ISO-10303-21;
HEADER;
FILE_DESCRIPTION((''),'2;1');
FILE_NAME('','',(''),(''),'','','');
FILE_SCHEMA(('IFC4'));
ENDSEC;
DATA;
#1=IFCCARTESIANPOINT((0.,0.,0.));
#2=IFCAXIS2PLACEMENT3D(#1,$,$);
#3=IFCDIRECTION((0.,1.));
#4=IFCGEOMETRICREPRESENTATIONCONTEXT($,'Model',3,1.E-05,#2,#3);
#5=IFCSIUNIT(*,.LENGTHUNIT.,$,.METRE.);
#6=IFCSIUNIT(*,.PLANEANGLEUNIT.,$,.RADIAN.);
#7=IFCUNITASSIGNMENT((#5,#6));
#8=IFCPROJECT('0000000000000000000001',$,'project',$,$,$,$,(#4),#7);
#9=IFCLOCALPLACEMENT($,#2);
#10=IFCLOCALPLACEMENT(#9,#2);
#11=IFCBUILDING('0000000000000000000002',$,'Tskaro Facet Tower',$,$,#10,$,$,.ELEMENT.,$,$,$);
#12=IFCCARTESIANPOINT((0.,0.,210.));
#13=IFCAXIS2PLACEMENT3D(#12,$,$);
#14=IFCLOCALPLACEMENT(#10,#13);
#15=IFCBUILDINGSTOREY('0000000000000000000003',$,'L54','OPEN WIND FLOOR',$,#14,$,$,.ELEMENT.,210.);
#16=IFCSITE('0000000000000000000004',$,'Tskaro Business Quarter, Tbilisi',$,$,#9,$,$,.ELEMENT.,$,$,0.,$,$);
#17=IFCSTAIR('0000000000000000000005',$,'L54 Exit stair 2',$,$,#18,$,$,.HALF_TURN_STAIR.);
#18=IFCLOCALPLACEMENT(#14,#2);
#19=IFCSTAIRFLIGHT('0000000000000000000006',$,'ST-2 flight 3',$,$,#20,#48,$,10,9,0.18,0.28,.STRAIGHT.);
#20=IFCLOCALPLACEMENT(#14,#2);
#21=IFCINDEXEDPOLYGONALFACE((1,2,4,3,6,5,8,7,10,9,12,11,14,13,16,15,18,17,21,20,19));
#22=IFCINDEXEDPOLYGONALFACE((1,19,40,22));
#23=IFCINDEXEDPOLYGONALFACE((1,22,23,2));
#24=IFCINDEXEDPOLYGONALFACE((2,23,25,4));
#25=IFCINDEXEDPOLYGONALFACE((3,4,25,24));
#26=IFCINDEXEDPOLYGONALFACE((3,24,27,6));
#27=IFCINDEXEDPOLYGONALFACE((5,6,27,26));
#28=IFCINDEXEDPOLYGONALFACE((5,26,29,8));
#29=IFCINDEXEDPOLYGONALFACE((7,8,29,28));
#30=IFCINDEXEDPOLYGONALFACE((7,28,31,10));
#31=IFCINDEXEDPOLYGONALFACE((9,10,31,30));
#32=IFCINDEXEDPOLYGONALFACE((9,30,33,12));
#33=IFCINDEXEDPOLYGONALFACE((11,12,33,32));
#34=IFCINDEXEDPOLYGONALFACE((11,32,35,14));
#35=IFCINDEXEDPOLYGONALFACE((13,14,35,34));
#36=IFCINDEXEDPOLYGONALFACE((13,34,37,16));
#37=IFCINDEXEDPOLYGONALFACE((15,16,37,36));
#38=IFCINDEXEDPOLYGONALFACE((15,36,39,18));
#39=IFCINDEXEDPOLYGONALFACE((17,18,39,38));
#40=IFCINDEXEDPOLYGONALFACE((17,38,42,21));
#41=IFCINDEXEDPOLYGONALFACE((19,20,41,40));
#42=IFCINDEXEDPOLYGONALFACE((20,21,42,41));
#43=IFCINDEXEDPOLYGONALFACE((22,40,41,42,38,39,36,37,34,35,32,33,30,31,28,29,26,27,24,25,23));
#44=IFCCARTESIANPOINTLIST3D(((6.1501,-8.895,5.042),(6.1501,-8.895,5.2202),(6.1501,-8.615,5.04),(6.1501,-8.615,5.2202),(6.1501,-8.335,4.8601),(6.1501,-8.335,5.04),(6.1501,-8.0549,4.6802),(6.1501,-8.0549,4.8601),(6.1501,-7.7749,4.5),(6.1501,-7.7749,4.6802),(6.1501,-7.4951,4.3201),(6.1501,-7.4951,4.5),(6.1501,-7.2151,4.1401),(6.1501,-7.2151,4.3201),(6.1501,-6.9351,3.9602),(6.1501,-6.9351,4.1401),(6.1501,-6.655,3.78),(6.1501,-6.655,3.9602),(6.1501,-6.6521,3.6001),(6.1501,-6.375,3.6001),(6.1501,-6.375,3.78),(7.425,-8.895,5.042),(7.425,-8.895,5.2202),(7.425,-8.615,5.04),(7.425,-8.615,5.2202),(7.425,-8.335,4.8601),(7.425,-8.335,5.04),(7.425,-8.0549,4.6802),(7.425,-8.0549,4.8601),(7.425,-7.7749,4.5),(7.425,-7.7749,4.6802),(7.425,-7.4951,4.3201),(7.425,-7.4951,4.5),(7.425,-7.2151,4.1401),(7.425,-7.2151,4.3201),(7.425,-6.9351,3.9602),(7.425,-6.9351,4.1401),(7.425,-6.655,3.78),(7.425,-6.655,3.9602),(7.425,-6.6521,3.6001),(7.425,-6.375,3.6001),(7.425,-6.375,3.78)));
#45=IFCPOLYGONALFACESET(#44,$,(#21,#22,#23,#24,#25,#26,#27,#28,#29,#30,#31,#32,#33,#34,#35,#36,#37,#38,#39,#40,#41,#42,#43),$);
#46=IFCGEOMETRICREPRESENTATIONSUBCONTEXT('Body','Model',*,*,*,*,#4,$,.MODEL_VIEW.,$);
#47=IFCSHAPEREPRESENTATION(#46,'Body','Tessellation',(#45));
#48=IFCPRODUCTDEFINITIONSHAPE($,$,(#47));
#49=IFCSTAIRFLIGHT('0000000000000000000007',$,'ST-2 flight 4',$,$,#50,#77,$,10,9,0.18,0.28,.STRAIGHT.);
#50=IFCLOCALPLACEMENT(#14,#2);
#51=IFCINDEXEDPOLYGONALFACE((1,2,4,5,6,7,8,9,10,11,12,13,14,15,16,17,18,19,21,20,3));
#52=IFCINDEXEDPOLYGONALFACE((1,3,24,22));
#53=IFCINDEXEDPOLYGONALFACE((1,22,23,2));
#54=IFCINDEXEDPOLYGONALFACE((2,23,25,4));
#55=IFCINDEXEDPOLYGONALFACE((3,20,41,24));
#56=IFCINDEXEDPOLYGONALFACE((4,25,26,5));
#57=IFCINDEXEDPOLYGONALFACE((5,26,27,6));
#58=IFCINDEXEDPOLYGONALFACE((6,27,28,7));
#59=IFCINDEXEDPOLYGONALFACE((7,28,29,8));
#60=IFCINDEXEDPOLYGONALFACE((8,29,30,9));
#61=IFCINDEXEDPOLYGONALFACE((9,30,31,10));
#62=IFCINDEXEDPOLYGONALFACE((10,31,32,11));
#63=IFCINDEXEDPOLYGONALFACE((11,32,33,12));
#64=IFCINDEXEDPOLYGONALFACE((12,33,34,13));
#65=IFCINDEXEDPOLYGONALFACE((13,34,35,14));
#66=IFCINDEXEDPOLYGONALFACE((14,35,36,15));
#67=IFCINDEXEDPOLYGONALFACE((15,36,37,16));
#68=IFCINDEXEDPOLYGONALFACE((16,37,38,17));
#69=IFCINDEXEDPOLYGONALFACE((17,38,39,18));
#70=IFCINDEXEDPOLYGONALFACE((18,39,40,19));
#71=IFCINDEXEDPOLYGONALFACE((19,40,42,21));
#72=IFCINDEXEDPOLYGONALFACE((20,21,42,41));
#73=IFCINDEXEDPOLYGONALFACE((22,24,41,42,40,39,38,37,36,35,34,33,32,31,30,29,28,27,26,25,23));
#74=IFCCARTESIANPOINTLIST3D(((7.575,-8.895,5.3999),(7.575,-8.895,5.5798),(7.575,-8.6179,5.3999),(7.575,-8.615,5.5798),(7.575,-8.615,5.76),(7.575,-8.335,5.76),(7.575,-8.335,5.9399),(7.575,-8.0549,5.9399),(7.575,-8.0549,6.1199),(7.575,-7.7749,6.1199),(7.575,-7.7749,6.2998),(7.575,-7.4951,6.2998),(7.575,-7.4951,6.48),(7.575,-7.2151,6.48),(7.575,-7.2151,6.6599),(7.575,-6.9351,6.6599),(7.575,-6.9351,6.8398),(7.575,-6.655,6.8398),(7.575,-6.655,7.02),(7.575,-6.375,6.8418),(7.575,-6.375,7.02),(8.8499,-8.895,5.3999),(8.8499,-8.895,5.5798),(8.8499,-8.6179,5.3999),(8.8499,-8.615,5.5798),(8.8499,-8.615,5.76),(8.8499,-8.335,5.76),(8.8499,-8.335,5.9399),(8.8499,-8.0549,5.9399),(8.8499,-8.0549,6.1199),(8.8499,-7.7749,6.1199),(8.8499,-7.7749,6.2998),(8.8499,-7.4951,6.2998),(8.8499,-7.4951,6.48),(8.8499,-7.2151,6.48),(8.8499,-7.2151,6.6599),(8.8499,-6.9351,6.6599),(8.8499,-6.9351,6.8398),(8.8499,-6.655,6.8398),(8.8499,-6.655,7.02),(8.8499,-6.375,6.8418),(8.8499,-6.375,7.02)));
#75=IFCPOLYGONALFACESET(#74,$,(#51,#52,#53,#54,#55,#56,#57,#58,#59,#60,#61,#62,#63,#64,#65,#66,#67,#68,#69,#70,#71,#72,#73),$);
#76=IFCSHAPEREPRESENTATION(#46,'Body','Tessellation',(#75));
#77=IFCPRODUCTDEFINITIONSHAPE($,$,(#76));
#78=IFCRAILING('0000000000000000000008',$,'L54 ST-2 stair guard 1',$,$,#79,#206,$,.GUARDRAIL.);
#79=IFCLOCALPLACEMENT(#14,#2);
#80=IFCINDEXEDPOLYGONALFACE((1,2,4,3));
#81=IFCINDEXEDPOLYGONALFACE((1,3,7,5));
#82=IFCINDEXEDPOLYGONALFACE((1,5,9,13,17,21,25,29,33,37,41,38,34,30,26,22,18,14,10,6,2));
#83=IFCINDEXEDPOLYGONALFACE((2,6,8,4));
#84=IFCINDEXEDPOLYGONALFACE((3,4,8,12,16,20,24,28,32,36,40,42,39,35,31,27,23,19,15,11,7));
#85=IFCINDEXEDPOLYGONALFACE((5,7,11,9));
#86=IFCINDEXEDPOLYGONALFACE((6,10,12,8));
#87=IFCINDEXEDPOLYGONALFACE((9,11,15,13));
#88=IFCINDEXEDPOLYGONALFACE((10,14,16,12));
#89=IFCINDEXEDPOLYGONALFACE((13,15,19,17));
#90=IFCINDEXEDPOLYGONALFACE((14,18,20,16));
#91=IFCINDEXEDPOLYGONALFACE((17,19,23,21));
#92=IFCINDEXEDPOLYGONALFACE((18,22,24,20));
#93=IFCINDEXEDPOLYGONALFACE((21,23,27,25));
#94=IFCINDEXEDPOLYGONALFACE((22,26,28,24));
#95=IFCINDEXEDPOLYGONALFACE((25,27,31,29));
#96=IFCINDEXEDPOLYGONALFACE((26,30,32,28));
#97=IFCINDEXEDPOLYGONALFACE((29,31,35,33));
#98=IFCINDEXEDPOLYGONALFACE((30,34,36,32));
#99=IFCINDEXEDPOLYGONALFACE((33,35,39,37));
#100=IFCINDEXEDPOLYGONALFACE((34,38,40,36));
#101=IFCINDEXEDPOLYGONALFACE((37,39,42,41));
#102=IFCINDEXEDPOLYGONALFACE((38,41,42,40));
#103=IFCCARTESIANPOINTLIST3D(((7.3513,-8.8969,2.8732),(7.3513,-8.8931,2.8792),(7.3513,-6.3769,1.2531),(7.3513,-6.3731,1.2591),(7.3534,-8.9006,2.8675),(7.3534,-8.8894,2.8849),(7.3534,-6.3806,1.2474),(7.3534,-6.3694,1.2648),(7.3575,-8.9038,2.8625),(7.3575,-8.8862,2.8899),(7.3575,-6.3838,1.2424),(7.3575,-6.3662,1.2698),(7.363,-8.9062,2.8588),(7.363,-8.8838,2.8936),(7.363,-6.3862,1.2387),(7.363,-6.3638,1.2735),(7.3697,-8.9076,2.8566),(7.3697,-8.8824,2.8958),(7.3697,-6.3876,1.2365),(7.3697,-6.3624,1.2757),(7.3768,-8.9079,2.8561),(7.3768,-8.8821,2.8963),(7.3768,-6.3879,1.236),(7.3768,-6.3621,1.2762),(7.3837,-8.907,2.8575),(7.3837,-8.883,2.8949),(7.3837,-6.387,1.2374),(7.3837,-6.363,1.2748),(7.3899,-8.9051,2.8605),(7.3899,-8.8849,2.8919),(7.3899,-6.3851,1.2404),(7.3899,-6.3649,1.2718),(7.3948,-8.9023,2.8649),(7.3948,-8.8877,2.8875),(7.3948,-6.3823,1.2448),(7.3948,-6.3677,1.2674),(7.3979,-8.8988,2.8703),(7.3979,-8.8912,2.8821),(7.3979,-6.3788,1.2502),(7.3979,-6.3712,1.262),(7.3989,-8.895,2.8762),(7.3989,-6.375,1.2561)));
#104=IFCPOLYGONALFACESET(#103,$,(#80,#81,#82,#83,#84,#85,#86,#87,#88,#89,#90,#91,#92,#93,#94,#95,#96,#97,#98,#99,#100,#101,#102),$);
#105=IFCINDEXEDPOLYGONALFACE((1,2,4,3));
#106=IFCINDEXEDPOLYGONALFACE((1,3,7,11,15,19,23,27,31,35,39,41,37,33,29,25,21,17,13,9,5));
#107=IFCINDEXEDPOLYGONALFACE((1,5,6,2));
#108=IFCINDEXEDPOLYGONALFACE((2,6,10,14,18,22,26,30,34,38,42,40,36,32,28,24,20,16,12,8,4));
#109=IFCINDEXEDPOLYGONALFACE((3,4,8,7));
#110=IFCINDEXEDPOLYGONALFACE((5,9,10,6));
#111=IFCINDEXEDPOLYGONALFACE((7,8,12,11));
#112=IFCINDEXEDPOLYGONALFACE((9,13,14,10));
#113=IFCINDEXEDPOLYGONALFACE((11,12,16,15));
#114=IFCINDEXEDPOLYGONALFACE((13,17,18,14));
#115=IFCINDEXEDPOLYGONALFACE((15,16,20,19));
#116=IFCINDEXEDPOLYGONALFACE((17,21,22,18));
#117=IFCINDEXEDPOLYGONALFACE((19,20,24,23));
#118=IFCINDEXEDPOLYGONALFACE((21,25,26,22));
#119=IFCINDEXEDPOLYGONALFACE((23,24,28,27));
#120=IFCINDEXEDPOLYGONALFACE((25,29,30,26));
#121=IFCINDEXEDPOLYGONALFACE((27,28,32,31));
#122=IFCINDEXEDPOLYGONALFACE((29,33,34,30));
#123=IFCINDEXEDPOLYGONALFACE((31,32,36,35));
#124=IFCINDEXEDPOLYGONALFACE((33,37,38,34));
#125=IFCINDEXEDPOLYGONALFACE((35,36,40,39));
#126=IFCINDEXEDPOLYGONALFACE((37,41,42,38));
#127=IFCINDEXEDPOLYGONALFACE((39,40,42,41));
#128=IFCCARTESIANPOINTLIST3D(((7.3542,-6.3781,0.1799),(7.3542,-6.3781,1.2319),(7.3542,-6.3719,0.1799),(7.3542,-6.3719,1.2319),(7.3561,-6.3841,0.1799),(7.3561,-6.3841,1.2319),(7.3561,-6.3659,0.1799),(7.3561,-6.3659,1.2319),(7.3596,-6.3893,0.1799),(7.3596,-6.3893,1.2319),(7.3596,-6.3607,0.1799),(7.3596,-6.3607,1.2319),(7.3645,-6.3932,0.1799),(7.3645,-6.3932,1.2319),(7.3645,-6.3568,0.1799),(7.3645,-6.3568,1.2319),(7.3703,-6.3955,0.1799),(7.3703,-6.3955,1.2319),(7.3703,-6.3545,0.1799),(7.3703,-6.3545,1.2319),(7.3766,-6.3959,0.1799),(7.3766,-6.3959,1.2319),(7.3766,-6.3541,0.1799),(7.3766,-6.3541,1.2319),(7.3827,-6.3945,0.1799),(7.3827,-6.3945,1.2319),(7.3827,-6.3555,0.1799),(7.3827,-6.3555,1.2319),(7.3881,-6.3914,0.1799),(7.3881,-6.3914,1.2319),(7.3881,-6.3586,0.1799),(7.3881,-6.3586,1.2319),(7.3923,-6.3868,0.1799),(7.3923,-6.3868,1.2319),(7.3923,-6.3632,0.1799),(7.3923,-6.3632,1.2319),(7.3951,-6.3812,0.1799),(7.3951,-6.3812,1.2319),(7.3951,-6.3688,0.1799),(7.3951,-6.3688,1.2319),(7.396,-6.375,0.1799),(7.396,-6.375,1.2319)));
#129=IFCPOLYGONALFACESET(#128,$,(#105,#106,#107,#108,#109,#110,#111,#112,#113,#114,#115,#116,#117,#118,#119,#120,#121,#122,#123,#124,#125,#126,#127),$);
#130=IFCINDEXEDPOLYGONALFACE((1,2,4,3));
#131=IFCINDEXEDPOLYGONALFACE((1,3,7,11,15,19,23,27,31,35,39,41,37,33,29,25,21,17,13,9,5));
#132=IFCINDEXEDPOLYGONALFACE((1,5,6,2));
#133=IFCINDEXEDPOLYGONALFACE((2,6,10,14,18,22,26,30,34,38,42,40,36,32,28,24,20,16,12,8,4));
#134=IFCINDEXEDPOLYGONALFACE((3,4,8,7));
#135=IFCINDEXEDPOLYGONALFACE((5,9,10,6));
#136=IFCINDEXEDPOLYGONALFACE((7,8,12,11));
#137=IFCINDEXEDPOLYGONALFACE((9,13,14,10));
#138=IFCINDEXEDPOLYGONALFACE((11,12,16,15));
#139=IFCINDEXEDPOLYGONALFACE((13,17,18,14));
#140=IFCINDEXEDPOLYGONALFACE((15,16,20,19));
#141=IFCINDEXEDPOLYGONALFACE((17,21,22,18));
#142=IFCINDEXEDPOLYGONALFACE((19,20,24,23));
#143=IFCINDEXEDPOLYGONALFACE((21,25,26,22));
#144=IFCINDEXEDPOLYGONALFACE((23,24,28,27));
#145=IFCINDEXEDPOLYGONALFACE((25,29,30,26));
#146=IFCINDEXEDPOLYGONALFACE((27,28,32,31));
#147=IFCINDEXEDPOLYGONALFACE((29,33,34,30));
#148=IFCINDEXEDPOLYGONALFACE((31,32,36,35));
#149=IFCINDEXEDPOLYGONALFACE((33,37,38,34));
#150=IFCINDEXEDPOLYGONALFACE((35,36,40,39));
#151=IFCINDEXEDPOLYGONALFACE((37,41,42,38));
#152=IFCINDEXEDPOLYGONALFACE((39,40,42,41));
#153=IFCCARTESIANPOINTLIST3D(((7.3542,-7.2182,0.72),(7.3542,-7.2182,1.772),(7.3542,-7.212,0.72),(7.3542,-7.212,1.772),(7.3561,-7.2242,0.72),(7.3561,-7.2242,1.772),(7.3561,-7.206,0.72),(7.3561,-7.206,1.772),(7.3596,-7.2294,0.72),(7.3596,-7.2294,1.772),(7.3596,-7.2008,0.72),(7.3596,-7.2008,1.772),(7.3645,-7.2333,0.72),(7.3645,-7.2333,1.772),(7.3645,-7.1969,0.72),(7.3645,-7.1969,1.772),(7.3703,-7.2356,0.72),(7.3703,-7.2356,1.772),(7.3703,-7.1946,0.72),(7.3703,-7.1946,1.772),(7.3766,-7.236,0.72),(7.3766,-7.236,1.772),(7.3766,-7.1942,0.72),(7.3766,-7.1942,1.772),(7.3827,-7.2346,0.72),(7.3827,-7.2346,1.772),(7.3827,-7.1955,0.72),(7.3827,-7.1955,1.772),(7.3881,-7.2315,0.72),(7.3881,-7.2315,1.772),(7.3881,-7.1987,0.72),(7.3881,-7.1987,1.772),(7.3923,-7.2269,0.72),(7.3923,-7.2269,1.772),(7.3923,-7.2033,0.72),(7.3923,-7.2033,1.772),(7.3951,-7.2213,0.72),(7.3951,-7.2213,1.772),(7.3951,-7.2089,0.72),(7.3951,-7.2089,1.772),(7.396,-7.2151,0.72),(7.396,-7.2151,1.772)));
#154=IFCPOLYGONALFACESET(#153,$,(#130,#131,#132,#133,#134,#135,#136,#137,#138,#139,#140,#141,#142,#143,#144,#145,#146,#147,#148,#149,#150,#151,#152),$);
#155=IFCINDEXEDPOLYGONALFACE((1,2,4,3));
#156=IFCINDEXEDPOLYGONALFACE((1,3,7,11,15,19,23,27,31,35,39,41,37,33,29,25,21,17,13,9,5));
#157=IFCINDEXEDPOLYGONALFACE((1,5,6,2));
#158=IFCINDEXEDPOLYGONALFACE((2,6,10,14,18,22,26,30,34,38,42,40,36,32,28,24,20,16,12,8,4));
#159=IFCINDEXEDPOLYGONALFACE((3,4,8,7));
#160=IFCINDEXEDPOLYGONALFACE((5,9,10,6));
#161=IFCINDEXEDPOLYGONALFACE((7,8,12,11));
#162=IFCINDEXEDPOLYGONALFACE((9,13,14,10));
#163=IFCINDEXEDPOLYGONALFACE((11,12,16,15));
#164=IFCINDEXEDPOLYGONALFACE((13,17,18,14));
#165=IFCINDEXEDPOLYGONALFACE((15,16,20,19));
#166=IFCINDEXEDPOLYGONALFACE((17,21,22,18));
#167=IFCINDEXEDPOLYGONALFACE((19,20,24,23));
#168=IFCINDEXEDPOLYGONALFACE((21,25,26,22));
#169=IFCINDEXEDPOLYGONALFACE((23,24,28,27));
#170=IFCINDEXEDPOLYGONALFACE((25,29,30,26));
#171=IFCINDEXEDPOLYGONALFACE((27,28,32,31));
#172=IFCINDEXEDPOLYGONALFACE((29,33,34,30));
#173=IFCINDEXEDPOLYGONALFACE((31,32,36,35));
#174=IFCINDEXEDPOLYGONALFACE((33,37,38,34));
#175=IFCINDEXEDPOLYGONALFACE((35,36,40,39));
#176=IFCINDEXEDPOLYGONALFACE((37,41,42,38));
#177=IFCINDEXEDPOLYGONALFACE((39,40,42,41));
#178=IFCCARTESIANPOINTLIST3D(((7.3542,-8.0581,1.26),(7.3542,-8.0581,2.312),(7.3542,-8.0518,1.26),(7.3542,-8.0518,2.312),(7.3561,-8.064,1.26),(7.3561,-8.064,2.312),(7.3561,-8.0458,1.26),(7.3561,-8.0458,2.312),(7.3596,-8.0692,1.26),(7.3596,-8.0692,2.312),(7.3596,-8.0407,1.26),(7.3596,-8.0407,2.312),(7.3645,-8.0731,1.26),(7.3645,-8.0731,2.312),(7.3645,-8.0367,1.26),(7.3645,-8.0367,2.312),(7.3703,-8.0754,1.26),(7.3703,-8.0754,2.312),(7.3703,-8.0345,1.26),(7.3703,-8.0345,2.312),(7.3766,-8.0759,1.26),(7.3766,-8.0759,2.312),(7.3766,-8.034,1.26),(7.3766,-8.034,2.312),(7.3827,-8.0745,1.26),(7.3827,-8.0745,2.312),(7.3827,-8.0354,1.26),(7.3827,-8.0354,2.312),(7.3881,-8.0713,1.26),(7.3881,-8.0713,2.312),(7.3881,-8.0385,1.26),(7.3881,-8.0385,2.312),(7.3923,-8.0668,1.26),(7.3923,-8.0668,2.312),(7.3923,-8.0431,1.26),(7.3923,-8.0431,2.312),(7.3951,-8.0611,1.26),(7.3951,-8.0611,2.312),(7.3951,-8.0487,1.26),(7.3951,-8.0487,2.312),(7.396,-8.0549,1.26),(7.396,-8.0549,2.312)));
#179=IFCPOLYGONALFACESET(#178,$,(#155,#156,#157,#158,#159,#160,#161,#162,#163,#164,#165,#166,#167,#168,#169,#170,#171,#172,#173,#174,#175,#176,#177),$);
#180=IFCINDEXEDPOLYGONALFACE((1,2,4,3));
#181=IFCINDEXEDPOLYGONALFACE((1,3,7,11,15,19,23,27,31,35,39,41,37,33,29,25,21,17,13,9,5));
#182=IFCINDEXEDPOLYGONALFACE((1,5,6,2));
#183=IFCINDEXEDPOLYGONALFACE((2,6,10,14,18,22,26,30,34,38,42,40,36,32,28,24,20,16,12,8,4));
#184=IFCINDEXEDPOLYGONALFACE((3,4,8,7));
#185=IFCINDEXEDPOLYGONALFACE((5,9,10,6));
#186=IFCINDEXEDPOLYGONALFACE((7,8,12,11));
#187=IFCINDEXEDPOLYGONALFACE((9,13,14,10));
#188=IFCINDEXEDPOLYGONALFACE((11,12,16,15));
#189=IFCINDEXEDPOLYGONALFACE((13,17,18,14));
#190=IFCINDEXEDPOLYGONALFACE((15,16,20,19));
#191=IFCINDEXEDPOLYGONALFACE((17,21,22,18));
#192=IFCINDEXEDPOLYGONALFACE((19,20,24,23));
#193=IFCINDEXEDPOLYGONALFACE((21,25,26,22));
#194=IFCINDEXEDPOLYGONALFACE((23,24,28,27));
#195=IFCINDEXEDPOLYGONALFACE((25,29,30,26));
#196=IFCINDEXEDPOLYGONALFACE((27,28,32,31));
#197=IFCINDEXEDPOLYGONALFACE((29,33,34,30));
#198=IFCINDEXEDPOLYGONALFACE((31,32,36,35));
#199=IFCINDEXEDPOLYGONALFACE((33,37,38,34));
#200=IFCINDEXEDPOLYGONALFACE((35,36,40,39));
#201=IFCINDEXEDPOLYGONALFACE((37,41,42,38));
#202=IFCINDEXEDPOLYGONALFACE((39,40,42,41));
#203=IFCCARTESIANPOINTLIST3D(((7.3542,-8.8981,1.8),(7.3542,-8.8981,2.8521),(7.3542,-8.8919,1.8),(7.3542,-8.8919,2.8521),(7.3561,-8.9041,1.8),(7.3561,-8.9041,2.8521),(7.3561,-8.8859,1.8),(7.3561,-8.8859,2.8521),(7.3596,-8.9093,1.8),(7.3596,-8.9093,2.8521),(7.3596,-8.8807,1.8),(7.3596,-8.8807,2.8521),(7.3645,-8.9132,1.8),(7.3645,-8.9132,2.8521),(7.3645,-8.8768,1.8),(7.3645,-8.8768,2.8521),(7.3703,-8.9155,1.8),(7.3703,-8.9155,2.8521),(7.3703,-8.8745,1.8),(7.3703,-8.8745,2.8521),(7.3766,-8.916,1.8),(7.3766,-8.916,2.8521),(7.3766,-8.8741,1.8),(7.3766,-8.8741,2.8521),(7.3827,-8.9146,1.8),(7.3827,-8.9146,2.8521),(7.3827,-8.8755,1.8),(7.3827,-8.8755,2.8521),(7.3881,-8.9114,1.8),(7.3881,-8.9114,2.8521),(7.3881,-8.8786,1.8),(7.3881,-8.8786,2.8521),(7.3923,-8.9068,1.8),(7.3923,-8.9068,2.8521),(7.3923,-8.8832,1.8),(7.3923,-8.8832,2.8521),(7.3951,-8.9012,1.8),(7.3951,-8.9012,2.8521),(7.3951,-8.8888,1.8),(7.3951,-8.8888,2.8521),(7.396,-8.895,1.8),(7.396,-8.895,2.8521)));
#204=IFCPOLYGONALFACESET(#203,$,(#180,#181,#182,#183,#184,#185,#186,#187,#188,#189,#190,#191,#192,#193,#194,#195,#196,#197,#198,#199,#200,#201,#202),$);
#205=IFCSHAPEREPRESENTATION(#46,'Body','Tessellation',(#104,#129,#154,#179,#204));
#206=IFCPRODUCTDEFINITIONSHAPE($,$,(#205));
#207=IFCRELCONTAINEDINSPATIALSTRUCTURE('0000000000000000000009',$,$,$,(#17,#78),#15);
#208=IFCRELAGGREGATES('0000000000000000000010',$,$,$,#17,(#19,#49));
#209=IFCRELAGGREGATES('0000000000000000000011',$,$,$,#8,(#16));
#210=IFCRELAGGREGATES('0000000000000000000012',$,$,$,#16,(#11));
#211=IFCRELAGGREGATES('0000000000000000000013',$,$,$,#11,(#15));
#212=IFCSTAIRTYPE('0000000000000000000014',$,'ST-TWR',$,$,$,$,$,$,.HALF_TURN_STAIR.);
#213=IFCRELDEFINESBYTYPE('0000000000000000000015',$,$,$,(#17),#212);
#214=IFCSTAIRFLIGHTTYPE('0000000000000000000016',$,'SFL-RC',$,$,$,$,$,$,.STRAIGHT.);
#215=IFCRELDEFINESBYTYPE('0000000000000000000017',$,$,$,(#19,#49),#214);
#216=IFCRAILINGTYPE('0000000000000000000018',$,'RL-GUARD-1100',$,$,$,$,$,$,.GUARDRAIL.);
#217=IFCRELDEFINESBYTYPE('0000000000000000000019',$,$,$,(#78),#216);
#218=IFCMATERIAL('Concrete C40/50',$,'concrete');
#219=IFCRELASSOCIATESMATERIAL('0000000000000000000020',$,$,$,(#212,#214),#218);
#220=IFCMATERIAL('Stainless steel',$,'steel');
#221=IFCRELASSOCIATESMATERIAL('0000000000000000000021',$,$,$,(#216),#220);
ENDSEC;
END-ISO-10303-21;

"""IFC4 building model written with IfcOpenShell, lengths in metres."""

from ifc_helpers import new_model, si_unit, direction, frame, origin, origin_2d, place, context, subcontext, project, spatial, polyline, circle, outline, extrude, material, type_object, element, aggregate, save


model = new_model("IFC4")

# Units and contexts
model_context = context("Model", 3, precision=1e-05, world=origin(), true_north=direction((0.0, 1.0)))
body_context = subcontext(model_context, "Body", "Model", "MODEL_VIEW")
ifc_project = project(units=[si_unit("LENGTHUNIT", "METRE"), si_unit("PLANEANGLEUNIT", "RADIAN")], contexts=[model_context])

# Site, building, storey
site_placement = place(None, origin())
site = spatial("IfcSite", under=ifc_project, at=site_placement, Name="Tskaro Business Quarter, Tbilisi", CompositionType="ELEMENT", RefElevation=0.0)
building_placement = place(site_placement, origin())
building = spatial("IfcBuilding", under=site, at=building_placement, Name="Tskaro Facet Tower", CompositionType="ELEMENT")
storey_placement = place(building_placement, frame((0.0, 0.0, 210.0)))
storey = spatial("IfcBuildingStorey", under=building, at=storey_placement, Name="L54", Description="OPEN WIND FLOOR", CompositionType="ELEMENT", Elevation=210.0)

# Stair, stair flights
ifc_material_1 = material(Name="Concrete C40/50", Category="concrete")
stair_type = type_object("IfcStairType", Name="ST-TWR", PredefinedType="HALF_TURN_STAIR", material=ifc_material_1)
stair_placement = place(storey_placement, origin())
stair = element("IfcStair", 1, at=stair_placement, inside=storey, type_object=stair_type, Name="L54 Exit stair 2", PredefinedType="HALF_TURN_STAIR")
stair_flight_type = type_object("IfcStairFlightType", Name="SFL-RC", PredefinedType="STRAIGHT", material=ifc_material_1)
stair_flight_1_placement = place(storey_placement, frame((6.7876, -6.375, 3.6001), z_axis=(0.0, 0.0, 1.0), x_axis=(0.0, -1.0, 0.0)))
stair_flight_1 = element("IfcStairFlight", 2, at=stair_flight_1_placement, type_object=stair_flight_type, Name="ST-2 flight 3", NumberOfRisers=10, NumberOfTreads=9, PredefinedType="STRAIGHT", RiserHeight=0.18, TreadLength=0.28, context=body_context, shape_type="SweptSolid", body=[
    extrude(outline(polyline([(0.0, 0.0), (0.0, 0.1799), (0.28, 0.1799), (0.28, 0.3601), (0.5601, 0.3601), (0.5601, 0.54), (0.8401, 0.54), (0.8401, 0.72), (1.1201, 0.72), (1.1201, 0.8999), (1.3999, 0.8999), (1.3999, 1.0801), (1.6799, 1.0801), (1.6799, 1.26), (1.96, 1.26), (1.96, 1.4399), (2.24, 1.4399), (2.24, 1.6201), (2.52, 1.6201), (2.52, 1.8), (2.52, 1.4419), (0.2771, 0.0), (0.0, 0.0)])), frame((0.0, 0.6375, 0.0), z_axis=(0.0, -1.0, 0.0), x_axis=(1.0, 0.0, 0.0)), (0.0, 0.0, 1.0), 1.2749),
])
stair_flight_2_placement = place(storey_placement, frame((8.2124, -8.895, 5.3999), z_axis=(0.0, 0.0, 1.0), x_axis=(0.0, 1.0, 0.0)))
stair_flight_2 = element("IfcStairFlight", 3, at=stair_flight_2_placement, type_object=stair_flight_type, Name="ST-2 flight 4", NumberOfRisers=10, NumberOfTreads=9, PredefinedType="STRAIGHT", RiserHeight=0.18, TreadLength=0.28, context=body_context, shape_type="SweptSolid", body=[
    extrude(outline(polyline([(0.0, 0.0), (0.0, 0.1799), (0.28, 0.1799), (0.28, 0.3601), (0.5601, 0.3601), (0.5601, 0.54), (0.8401, 0.54), (0.8401, 0.72), (1.1201, 0.72), (1.1201, 0.8999), (1.3999, 0.8999), (1.3999, 1.0801), (1.6799, 1.0801), (1.6799, 1.26), (1.96, 1.26), (1.96, 1.4399), (2.24, 1.4399), (2.24, 1.6201), (2.52, 1.6201), (2.52, 1.8), (2.52, 1.4419), (0.2771, 0.0), (0.0, 0.0)])), frame((0.0, 0.6375, 0.0), z_axis=(0.0, -1.0, 0.0), x_axis=(1.0, 0.0, 0.0)), (0.0, 0.0, 1.0), 1.2749),
])
aggregate(stair, [stair_flight_1, stair_flight_2])

# Railing
ifc_material_2 = material(Name="Stainless steel", Category="steel")
railing_type_1 = type_object("IfcRailingType", Name="RL-GUARD-1100", PredefinedType="GUARDRAIL", material=ifc_material_2)
railing_1_placement = place(storey_placement, frame((7.375, -6.375, 0.1799)))
element("IfcRailing", 4, at=railing_1_placement, inside=storey, type_object=railing_type_1, Name="L54 ST-2 stair guard 1", PredefinedType="GUARDRAIL", context=body_context, shape_type="SweptSolid", body=[
    extrude(circle(Radius=0.0239, at=origin_2d()), frame((0.0, 0.0, 1.0762), z_axis=(0.0, -0.841163, 0.540782), x_axis=(1.0, 0.0, 0.0)), (0.0, 0.0, 1.0), 2.9958),
    extrude(circle(Radius=0.021, at=origin_2d()), origin(), (0.0, 0.0, 1.0), 1.052),
    extrude(circle(Radius=0.021, at=origin_2d()), frame((0.0, -0.8401, 0.54)), (0.0, 0.0, 1.0), 1.052),
    extrude(circle(Radius=0.021, at=origin_2d()), frame((0.0, -1.6799, 1.0801)), (0.0, 0.0, 1.0), 1.052),
    extrude(circle(Radius=0.021, at=origin_2d()), frame((0.0, -2.52, 1.6201)), (0.0, 0.0, 1.0), 1.052),
])

save(model, "model.ifc")
